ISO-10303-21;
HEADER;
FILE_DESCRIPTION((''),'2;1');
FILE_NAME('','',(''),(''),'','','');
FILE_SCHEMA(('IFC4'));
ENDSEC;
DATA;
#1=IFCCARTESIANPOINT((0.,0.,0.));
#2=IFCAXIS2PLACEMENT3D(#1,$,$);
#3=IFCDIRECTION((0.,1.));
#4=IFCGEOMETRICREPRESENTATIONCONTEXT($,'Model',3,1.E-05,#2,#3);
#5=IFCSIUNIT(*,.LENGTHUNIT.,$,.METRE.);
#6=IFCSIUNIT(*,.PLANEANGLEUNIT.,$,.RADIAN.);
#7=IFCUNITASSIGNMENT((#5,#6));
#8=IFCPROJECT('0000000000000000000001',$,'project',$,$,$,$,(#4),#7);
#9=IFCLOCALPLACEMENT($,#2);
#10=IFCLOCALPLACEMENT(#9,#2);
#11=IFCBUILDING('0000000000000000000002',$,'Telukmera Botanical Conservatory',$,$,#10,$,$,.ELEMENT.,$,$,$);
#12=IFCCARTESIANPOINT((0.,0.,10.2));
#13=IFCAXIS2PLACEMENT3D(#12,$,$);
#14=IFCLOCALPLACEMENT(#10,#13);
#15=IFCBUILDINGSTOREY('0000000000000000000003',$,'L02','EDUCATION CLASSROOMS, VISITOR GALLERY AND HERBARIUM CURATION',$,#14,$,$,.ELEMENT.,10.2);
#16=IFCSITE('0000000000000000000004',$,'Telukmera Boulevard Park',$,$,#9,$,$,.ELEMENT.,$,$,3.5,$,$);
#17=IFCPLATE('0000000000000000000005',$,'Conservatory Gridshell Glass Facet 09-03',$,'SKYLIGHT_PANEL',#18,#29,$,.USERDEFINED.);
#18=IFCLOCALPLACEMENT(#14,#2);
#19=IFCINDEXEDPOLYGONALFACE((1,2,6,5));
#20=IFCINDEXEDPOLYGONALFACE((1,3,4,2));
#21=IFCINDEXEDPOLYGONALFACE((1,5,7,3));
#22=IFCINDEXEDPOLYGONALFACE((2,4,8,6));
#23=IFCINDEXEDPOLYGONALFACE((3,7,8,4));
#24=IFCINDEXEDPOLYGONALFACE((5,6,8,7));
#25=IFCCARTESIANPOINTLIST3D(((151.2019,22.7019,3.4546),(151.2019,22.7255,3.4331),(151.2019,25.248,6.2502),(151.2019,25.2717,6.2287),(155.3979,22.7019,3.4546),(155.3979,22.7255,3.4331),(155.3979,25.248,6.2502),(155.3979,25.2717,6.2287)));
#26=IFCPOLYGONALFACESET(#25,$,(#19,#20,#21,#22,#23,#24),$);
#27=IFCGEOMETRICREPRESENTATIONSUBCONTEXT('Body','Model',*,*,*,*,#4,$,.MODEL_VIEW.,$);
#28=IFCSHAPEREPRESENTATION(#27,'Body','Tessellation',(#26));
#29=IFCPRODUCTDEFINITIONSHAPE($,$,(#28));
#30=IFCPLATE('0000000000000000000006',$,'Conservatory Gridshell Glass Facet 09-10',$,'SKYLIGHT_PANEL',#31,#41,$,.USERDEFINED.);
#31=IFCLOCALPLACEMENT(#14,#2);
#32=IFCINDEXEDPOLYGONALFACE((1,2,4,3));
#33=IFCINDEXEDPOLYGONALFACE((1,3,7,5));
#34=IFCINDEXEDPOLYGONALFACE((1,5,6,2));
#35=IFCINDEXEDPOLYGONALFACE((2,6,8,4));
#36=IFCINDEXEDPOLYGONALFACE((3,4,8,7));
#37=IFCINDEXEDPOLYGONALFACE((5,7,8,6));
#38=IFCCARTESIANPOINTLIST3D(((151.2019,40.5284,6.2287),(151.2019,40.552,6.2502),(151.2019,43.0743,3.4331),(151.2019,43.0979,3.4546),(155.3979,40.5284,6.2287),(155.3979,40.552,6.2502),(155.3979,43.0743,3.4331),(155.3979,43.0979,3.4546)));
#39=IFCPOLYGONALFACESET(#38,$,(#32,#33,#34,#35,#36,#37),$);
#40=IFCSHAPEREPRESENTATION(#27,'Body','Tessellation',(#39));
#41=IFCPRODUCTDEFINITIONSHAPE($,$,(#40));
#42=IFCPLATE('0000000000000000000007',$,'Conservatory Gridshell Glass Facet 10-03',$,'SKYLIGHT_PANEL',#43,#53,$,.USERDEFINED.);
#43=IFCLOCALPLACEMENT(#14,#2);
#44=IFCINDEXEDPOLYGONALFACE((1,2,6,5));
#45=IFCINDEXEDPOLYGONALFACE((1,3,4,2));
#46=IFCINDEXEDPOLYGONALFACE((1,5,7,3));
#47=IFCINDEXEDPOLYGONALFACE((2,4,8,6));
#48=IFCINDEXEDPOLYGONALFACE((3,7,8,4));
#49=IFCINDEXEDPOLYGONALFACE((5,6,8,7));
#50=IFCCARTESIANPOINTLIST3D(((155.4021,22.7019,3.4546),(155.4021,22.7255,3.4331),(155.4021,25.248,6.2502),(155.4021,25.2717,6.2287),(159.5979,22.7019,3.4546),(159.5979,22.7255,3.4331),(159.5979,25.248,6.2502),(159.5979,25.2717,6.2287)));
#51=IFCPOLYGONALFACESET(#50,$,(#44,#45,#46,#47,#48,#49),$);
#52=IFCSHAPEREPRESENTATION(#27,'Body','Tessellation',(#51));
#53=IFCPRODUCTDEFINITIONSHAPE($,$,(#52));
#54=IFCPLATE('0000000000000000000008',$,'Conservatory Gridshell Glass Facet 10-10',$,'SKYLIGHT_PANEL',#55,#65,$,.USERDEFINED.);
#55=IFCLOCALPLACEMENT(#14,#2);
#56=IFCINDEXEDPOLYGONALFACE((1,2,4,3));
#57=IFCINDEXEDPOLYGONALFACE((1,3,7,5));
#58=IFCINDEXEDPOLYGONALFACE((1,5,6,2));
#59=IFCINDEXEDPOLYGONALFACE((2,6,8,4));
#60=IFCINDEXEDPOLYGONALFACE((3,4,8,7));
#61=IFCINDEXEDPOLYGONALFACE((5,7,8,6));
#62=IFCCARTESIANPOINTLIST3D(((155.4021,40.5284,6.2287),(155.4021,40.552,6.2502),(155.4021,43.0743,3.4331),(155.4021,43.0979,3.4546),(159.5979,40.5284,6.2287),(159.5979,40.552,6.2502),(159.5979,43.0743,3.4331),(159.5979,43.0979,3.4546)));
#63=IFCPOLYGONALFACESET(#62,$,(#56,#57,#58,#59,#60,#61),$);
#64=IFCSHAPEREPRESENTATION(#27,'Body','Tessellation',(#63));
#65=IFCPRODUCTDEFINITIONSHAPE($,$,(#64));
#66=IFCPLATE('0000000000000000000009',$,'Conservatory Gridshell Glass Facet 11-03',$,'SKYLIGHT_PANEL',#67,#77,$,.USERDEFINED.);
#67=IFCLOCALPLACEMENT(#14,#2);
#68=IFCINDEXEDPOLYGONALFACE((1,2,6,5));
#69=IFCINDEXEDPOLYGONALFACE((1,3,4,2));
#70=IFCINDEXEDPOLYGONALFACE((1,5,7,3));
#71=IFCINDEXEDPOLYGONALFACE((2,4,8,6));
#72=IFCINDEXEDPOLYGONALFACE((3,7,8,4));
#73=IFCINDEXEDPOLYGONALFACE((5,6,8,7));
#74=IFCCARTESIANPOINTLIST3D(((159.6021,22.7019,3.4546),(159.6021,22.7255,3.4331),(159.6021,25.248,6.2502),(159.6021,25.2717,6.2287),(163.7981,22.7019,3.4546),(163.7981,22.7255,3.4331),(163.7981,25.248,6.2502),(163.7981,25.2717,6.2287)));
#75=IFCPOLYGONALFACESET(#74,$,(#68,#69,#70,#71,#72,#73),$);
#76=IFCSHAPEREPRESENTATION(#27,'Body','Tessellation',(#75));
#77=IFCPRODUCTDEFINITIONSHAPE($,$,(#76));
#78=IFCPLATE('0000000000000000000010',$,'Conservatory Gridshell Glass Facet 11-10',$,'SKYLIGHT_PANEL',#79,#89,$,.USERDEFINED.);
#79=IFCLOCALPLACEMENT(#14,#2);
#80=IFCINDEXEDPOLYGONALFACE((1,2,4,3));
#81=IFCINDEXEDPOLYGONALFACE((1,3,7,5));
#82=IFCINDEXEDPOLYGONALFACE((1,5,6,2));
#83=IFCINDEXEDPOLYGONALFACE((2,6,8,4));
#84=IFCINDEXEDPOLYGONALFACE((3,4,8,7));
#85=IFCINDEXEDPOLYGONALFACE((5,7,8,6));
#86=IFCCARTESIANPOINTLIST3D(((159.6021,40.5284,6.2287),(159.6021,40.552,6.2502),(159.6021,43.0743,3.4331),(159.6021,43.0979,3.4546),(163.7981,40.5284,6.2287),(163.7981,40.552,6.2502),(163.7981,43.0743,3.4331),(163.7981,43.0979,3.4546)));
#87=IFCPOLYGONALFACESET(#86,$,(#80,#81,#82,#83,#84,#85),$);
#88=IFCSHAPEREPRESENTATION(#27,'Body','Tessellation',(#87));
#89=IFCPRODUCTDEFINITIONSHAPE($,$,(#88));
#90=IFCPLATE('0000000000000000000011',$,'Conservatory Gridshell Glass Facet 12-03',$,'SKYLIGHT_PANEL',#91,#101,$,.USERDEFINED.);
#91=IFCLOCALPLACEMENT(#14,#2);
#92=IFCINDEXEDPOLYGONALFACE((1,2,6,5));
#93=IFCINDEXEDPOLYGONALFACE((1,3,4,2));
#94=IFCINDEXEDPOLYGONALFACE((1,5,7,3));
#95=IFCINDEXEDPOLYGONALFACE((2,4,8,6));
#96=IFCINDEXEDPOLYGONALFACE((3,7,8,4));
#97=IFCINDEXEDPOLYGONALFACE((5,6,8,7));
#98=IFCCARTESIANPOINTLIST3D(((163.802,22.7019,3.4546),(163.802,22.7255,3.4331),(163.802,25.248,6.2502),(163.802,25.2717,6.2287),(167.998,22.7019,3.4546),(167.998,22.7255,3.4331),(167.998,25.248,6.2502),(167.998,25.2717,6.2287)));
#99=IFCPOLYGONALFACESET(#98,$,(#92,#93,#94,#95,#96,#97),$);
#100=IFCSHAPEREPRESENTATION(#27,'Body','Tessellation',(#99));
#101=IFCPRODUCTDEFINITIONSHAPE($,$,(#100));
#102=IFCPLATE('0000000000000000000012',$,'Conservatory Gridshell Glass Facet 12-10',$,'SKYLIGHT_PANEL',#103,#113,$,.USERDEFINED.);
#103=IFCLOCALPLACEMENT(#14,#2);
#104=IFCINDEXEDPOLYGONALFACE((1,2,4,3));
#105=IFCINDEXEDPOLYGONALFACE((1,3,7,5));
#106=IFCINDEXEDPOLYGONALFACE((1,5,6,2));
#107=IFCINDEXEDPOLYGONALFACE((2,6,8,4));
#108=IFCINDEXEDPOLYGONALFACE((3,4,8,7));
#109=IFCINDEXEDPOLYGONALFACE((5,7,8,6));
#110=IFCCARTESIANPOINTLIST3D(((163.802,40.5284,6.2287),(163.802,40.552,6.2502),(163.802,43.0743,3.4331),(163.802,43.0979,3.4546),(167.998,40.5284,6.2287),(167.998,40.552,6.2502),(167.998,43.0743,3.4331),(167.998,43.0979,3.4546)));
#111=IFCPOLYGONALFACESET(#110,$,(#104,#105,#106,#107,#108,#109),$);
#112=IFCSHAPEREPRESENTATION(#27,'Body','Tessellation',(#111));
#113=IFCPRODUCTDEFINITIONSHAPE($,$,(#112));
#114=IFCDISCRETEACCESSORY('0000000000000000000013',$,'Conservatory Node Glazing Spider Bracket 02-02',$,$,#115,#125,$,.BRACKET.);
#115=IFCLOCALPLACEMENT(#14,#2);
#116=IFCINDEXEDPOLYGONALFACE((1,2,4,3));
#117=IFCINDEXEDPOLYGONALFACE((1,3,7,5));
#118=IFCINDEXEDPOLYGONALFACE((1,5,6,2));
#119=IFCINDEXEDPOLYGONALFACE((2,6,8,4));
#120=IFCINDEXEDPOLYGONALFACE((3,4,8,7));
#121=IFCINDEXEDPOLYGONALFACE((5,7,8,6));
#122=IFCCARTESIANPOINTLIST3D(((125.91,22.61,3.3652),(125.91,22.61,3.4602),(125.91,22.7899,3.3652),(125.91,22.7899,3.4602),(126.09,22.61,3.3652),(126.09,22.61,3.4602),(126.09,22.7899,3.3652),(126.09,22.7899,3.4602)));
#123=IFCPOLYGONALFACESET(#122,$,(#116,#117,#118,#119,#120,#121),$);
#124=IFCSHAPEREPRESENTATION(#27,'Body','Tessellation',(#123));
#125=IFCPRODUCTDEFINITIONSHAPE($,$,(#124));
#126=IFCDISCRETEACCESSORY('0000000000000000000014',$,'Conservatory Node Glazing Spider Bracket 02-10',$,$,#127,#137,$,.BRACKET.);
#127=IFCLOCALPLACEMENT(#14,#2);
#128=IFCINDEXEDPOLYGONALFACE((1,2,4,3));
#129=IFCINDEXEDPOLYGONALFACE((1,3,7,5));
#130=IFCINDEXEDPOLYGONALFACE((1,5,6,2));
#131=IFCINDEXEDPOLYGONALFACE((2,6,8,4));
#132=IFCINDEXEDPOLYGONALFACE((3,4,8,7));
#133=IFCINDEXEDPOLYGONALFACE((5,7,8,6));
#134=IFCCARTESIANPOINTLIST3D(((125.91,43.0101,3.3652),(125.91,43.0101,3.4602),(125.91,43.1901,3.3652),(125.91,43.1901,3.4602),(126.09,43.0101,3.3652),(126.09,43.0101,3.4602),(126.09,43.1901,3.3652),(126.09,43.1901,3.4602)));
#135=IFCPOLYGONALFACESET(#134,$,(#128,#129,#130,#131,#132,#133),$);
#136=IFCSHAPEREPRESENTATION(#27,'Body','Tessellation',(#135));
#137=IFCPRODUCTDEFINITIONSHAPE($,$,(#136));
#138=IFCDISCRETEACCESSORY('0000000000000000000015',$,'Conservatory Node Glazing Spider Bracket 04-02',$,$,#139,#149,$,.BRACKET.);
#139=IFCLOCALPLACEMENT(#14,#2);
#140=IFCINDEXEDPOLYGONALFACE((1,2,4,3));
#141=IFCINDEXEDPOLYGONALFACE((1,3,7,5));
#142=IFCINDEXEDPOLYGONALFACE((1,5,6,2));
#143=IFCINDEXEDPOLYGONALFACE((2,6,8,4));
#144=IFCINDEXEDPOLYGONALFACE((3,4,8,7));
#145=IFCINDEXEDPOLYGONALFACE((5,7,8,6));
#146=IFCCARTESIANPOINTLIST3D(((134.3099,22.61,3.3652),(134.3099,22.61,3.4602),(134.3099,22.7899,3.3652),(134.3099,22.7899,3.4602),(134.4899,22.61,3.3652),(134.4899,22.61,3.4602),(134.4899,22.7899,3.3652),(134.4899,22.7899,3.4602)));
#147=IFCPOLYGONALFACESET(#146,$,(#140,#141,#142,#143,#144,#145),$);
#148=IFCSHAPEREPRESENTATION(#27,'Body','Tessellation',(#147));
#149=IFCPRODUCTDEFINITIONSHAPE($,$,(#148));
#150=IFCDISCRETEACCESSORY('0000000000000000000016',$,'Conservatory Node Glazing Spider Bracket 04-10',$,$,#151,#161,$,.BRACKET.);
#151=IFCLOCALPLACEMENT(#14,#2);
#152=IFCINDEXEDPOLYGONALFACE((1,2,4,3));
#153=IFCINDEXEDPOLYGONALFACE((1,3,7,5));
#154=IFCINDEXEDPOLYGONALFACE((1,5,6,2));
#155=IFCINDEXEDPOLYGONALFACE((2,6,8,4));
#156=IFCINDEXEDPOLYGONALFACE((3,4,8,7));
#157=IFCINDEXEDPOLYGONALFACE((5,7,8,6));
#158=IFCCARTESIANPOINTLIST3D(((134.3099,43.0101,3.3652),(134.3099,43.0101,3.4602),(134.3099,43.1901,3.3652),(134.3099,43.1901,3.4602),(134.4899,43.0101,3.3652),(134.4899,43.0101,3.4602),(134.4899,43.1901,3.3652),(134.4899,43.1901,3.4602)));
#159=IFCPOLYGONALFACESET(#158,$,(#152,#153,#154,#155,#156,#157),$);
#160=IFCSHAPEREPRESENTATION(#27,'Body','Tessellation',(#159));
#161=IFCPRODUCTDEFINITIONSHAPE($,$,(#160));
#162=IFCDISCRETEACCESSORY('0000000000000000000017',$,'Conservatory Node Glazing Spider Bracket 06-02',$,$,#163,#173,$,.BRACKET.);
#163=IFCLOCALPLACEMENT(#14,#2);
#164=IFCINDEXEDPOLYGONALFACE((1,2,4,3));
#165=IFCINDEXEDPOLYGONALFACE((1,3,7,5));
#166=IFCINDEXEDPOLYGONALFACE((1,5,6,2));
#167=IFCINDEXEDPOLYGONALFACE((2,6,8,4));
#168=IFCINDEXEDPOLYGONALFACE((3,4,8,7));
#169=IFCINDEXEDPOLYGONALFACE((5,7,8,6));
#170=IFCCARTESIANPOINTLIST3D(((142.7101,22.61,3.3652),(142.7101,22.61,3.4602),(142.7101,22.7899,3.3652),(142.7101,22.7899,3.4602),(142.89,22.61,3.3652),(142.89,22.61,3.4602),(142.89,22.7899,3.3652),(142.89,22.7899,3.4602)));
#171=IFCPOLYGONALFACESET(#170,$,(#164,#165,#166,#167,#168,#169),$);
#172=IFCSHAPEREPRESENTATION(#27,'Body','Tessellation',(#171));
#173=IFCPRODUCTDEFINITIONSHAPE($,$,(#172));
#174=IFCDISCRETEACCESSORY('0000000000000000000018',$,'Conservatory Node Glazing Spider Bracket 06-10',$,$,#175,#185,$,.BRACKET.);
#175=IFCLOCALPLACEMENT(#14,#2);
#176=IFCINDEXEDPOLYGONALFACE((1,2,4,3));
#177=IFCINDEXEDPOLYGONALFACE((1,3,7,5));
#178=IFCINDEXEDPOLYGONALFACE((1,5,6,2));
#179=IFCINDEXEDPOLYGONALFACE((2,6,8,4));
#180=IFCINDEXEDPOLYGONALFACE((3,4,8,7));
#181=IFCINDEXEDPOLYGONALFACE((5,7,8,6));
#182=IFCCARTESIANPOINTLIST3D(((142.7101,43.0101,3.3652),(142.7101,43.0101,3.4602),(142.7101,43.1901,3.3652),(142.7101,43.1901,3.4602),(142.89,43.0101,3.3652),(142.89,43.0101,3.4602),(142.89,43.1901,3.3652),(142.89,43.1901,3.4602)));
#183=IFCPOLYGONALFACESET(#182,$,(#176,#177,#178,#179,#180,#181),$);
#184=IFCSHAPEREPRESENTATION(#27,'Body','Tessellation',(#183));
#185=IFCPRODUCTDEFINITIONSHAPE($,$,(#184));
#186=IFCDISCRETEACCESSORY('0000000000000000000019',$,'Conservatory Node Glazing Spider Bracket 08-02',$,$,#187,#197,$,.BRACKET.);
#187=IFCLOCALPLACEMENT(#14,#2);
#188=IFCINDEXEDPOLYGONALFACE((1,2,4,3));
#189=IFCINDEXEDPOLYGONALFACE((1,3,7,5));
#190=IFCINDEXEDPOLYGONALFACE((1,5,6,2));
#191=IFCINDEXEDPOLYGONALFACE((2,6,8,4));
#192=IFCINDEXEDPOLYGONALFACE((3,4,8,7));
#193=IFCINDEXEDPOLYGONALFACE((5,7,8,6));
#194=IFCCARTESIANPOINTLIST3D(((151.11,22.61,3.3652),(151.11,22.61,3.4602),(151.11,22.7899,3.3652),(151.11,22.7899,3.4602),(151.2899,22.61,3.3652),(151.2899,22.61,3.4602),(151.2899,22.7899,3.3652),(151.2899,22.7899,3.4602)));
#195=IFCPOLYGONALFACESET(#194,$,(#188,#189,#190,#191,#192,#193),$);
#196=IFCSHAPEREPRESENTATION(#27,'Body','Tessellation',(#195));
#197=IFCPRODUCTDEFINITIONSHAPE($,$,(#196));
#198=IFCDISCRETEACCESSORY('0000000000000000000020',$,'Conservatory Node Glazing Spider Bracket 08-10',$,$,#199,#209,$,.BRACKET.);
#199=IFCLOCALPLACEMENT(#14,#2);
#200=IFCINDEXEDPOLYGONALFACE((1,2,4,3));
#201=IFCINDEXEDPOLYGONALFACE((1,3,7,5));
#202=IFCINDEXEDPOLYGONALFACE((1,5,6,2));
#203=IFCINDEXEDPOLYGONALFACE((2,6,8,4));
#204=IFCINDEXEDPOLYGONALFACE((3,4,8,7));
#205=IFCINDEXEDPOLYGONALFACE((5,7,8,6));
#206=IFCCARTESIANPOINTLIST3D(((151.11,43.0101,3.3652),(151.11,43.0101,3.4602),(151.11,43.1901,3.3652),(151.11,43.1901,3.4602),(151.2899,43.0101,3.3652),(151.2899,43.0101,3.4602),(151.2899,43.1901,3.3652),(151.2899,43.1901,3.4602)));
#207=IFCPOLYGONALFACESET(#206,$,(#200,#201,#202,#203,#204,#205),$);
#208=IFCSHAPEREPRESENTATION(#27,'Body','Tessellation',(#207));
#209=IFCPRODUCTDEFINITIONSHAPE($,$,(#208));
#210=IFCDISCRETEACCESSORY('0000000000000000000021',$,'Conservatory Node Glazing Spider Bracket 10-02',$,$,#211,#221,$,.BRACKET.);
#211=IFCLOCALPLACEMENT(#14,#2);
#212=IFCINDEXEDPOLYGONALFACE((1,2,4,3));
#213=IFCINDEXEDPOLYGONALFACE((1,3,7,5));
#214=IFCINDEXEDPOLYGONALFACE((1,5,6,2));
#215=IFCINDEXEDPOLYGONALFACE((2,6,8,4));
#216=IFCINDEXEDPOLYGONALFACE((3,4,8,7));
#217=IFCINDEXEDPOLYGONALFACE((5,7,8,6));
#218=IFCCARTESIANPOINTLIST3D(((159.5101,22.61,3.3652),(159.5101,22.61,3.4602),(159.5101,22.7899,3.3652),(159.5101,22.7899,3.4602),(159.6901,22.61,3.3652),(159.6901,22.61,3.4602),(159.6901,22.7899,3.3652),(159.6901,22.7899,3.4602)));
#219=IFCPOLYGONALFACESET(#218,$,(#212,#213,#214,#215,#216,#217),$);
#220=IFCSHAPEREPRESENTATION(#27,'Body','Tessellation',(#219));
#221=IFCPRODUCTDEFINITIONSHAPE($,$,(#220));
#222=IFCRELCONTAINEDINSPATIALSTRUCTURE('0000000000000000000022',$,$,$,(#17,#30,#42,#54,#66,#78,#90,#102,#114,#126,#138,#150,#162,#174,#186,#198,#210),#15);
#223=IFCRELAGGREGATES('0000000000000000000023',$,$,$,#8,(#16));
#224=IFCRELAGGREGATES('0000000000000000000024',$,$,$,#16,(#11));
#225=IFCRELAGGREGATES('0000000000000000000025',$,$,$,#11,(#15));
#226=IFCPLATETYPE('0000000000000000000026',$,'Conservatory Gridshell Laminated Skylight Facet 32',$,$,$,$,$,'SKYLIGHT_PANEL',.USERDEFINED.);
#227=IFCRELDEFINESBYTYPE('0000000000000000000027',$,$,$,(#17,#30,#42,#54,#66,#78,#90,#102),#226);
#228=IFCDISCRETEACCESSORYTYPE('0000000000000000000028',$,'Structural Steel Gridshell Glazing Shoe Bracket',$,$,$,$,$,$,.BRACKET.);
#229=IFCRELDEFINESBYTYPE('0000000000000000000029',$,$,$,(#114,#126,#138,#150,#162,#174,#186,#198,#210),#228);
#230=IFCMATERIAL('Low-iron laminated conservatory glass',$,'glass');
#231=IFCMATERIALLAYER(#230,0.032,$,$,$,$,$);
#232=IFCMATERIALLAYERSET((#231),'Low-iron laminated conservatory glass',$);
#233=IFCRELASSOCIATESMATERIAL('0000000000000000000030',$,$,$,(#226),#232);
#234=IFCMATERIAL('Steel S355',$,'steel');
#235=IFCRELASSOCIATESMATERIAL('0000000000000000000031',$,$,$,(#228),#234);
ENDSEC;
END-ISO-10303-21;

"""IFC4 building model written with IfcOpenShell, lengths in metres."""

from ifc_helpers import new_model, si_unit, direction, frame, origin, origin_2d, place, context, subcontext, project, spatial, polyline, rectangle, outline, extrude, material, layer, layer_set, type_object, element, save


model = new_model("IFC4")

# Units and contexts
model_context = context("Model", 3, precision=1e-05, world=origin(), true_north=direction((0.0, 1.0)))
body_context = subcontext(model_context, "Body", "Model", "MODEL_VIEW")
ifc_project = project(units=[si_unit("LENGTHUNIT", "METRE"), si_unit("PLANEANGLEUNIT", "RADIAN")], contexts=[model_context])

# Site, building, storey
site_placement = place(None, origin())
site = spatial("IfcSite", under=ifc_project, at=site_placement, Name="Telukmera Boulevard Park", CompositionType="ELEMENT", RefElevation=3.5)
building_placement = place(site_placement, origin())
building = spatial("IfcBuilding", under=site, at=building_placement, Name="Telukmera Botanical Conservatory", CompositionType="ELEMENT")
storey_placement = place(building_placement, frame((0.0, 0.0, 10.2)))
storey = spatial("IfcBuildingStorey", under=building, at=storey_placement, Name="L02", Description="EDUCATION CLASSROOMS, VISITOR GALLERY AND HERBARIUM CURATION", CompositionType="ELEMENT", Elevation=10.2)

# Plates
ifc_material_1 = material(Name="Low-iron laminated conservatory glass", Category="glass")
ifc_layer = layer(ifc_material_1, 0.032)
ifc_layer_set = layer_set([ifc_layer], Name="Low-iron laminated conservatory glass")
plate_type = type_object("IfcPlateType", Name="Conservatory Gridshell Laminated Skylight Facet 32", ElementType="SKYLIGHT_PANEL", PredefinedType="USERDEFINED", material=ifc_layer_set)
plate_1_placement = place(storey_placement, frame((151.2019, 22.7019, 3.4546), z_axis=(0.0, -0.739329, 0.673344), x_axis=(1.0, 0.0, 0.0)))
element("IfcPlate", 1, at=plate_1_placement, inside=storey, type_object=plate_type, Name="Conservatory Gridshell Glass Facet 09-03", ObjectType="SKYLIGHT_PANEL", PredefinedType="USERDEFINED", context=body_context, shape_type="SweptSolid", body=[
    extrude(outline(polyline([(0.0, 0.0), (4.196, 0.0), (4.196, 3.7813), (0.0, 3.7813), (0.0, 0.0)])), origin(), (0.0, 0.0, -1.0), 0.032),
])
plate_2_placement = place(storey_placement, frame((151.2019, 40.552, 6.2502), z_axis=(0.0, 0.739361, 0.673309), x_axis=(1.0, 0.0, 0.0)))
element("IfcPlate", 2, at=plate_2_placement, inside=storey, type_object=plate_type, Name="Conservatory Gridshell Glass Facet 09-10", ObjectType="SKYLIGHT_PANEL", PredefinedType="USERDEFINED", context=body_context, shape_type="SweptSolid", body=[
    extrude(outline(polyline([(0.0, 0.0), (4.196, 0.0), (4.196, 3.7812), (0.0, 3.7812), (0.0, 0.0)])), origin(), (0.0, 0.0, -1.0), 0.032),
])
plate_3_placement = place(storey_placement, frame((155.4021, 22.7019, 3.4546), z_axis=(0.0, -0.739329, 0.673344), x_axis=(1.0, 0.0, 0.0)))
element("IfcPlate", 3, at=plate_3_placement, inside=storey, type_object=plate_type, Name="Conservatory Gridshell Glass Facet 10-03", ObjectType="SKYLIGHT_PANEL", PredefinedType="USERDEFINED", context=body_context, shape_type="SweptSolid", body=[
    extrude(outline(polyline([(0.0, 0.0), (4.1958, 0.0), (4.1958, 3.7813), (0.0, 3.7813), (0.0, 0.0)])), origin(), (0.0, 0.0, -1.0), 0.032),
])
plate_4_placement = place(storey_placement, frame((155.4021, 40.552, 6.2502), z_axis=(0.0, 0.739361, 0.673309), x_axis=(1.0, 0.0, 0.0)))
element("IfcPlate", 4, at=plate_4_placement, inside=storey, type_object=plate_type, Name="Conservatory Gridshell Glass Facet 10-10", ObjectType="SKYLIGHT_PANEL", PredefinedType="USERDEFINED", context=body_context, shape_type="SweptSolid", body=[
    extrude(outline(polyline([(0.0, 0.0), (4.1958, 0.0), (4.1958, 3.7812), (0.0, 3.7812), (0.0, 0.0)])), origin(), (0.0, 0.0, -1.0), 0.032),
])
plate_5_placement = place(storey_placement, frame((159.6021, 22.7019, 3.4546), z_axis=(0.0, -0.739329, 0.673344), x_axis=(1.0, 0.0, 0.0)))
element("IfcPlate", 5, at=plate_5_placement, inside=storey, type_object=plate_type, Name="Conservatory Gridshell Glass Facet 11-03", ObjectType="SKYLIGHT_PANEL", PredefinedType="USERDEFINED", context=body_context, shape_type="SweptSolid", body=[
    extrude(outline(polyline([(0.0, 0.0), (4.196, 0.0), (4.196, 3.7813), (0.0, 3.7813), (0.0, 0.0)])), origin(), (0.0, 0.0, -1.0), 0.032),
])
plate_6_placement = place(storey_placement, frame((159.6021, 40.552, 6.2502), z_axis=(0.0, 0.739361, 0.673309), x_axis=(1.0, 0.0, 0.0)))
element("IfcPlate", 6, at=plate_6_placement, inside=storey, type_object=plate_type, Name="Conservatory Gridshell Glass Facet 11-10", ObjectType="SKYLIGHT_PANEL", PredefinedType="USERDEFINED", context=body_context, shape_type="SweptSolid", body=[
    extrude(outline(polyline([(0.0, 0.0), (4.196, 0.0), (4.196, 3.7812), (0.0, 3.7812), (0.0, 0.0)])), origin(), (0.0, 0.0, -1.0), 0.032),
])
plate_7_placement = place(storey_placement, frame((163.802, 22.7019, 3.4546), z_axis=(0.0, -0.739329, 0.673344), x_axis=(1.0, 0.0, 0.0)))
element("IfcPlate", 7, at=plate_7_placement, inside=storey, type_object=plate_type, Name="Conservatory Gridshell Glass Facet 12-03", ObjectType="SKYLIGHT_PANEL", PredefinedType="USERDEFINED", context=body_context, shape_type="SweptSolid", body=[
    extrude(outline(polyline([(0.0, 0.0), (4.196, 0.0), (4.196, 3.7813), (0.0, 3.7813), (0.0, 0.0)])), origin(), (0.0, 0.0, -1.0), 0.032),
])
plate_8_placement = place(storey_placement, frame((163.802, 40.552, 6.2502), z_axis=(0.0, 0.739361, 0.673309), x_axis=(1.0, 0.0, 0.0)))
element("IfcPlate", 8, at=plate_8_placement, inside=storey, type_object=plate_type, Name="Conservatory Gridshell Glass Facet 12-10", ObjectType="SKYLIGHT_PANEL", PredefinedType="USERDEFINED", context=body_context, shape_type="SweptSolid", body=[
    extrude(outline(polyline([(0.0, 0.0), (4.196, 0.0), (4.196, 3.7812), (0.0, 3.7812), (0.0, 0.0)])), origin(), (0.0, 0.0, -1.0), 0.032),
])

# Discrete accessories
ifc_material_2 = material(Name="Steel S355", Category="steel")
discrete_accessory_type = type_object("IfcDiscreteAccessoryType", Name="Structural Steel Gridshell Glazing Shoe Bracket", PredefinedType="BRACKET", material=ifc_material_2)
for number, where, z_axis, x_axis, name in (
    (9, (126.0, 22.7, 3.3652), (0.0, 0.0, 1.0), (1.0, 0.0, 0.0), "Conservatory Node Glazing Spider Bracket 02-02"),
    (10, (126.0, 43.1001, 3.3652), (0.0, 0.0, 1.0), (1.0, 0.0, 0.0), "Conservatory Node Glazing Spider Bracket 02-10"),
    (11, (134.3999, 22.7, 3.3652), (0.0, 0.0, 1.0), (1.0, 0.0, 0.0), "Conservatory Node Glazing Spider Bracket 04-02"),
    (12, (134.3999, 43.1001, 3.3652), (0.0, 0.0, 1.0), (1.0, 0.0, 0.0), "Conservatory Node Glazing Spider Bracket 04-10"),
    (13, (142.8, 22.7, 3.3652), (0.0, 0.0, 1.0), (1.0, 0.0, 0.0), "Conservatory Node Glazing Spider Bracket 06-02"),
    (14, (142.8, 43.1001, 3.3652), (0.0, 0.0, 1.0), (1.0, 0.0, 0.0), "Conservatory Node Glazing Spider Bracket 06-10"),
    (15, (151.2, 22.7, 3.3652), (0.0, 0.0, 1.0), (1.0, 0.0, 0.0), "Conservatory Node Glazing Spider Bracket 08-02"),
    (16, (151.2, 43.1001, 3.3652), (0.0, 0.0, 1.0), (1.0, 0.0, 0.0), "Conservatory Node Glazing Spider Bracket 08-10"),
    (17, (159.6001, 22.7, 3.3652), (0.0, 0.0, 1.0), (1.0, 0.0, 0.0), "Conservatory Node Glazing Spider Bracket 10-02"),
):
    element("IfcDiscreteAccessory", number, at=place(storey_placement, frame(where, z_axis=z_axis, x_axis=x_axis)), inside=storey, type_object=discrete_accessory_type, Name=name, PredefinedType="BRACKET", context=body_context, shape_type="SweptSolid", body=[
        extrude(rectangle(XDim=0.1799, YDim=0.1799, at=origin_2d()), origin(), (0.0, 0.0, 1.0), 0.095),
    ])

save(model, "model.ifc")
